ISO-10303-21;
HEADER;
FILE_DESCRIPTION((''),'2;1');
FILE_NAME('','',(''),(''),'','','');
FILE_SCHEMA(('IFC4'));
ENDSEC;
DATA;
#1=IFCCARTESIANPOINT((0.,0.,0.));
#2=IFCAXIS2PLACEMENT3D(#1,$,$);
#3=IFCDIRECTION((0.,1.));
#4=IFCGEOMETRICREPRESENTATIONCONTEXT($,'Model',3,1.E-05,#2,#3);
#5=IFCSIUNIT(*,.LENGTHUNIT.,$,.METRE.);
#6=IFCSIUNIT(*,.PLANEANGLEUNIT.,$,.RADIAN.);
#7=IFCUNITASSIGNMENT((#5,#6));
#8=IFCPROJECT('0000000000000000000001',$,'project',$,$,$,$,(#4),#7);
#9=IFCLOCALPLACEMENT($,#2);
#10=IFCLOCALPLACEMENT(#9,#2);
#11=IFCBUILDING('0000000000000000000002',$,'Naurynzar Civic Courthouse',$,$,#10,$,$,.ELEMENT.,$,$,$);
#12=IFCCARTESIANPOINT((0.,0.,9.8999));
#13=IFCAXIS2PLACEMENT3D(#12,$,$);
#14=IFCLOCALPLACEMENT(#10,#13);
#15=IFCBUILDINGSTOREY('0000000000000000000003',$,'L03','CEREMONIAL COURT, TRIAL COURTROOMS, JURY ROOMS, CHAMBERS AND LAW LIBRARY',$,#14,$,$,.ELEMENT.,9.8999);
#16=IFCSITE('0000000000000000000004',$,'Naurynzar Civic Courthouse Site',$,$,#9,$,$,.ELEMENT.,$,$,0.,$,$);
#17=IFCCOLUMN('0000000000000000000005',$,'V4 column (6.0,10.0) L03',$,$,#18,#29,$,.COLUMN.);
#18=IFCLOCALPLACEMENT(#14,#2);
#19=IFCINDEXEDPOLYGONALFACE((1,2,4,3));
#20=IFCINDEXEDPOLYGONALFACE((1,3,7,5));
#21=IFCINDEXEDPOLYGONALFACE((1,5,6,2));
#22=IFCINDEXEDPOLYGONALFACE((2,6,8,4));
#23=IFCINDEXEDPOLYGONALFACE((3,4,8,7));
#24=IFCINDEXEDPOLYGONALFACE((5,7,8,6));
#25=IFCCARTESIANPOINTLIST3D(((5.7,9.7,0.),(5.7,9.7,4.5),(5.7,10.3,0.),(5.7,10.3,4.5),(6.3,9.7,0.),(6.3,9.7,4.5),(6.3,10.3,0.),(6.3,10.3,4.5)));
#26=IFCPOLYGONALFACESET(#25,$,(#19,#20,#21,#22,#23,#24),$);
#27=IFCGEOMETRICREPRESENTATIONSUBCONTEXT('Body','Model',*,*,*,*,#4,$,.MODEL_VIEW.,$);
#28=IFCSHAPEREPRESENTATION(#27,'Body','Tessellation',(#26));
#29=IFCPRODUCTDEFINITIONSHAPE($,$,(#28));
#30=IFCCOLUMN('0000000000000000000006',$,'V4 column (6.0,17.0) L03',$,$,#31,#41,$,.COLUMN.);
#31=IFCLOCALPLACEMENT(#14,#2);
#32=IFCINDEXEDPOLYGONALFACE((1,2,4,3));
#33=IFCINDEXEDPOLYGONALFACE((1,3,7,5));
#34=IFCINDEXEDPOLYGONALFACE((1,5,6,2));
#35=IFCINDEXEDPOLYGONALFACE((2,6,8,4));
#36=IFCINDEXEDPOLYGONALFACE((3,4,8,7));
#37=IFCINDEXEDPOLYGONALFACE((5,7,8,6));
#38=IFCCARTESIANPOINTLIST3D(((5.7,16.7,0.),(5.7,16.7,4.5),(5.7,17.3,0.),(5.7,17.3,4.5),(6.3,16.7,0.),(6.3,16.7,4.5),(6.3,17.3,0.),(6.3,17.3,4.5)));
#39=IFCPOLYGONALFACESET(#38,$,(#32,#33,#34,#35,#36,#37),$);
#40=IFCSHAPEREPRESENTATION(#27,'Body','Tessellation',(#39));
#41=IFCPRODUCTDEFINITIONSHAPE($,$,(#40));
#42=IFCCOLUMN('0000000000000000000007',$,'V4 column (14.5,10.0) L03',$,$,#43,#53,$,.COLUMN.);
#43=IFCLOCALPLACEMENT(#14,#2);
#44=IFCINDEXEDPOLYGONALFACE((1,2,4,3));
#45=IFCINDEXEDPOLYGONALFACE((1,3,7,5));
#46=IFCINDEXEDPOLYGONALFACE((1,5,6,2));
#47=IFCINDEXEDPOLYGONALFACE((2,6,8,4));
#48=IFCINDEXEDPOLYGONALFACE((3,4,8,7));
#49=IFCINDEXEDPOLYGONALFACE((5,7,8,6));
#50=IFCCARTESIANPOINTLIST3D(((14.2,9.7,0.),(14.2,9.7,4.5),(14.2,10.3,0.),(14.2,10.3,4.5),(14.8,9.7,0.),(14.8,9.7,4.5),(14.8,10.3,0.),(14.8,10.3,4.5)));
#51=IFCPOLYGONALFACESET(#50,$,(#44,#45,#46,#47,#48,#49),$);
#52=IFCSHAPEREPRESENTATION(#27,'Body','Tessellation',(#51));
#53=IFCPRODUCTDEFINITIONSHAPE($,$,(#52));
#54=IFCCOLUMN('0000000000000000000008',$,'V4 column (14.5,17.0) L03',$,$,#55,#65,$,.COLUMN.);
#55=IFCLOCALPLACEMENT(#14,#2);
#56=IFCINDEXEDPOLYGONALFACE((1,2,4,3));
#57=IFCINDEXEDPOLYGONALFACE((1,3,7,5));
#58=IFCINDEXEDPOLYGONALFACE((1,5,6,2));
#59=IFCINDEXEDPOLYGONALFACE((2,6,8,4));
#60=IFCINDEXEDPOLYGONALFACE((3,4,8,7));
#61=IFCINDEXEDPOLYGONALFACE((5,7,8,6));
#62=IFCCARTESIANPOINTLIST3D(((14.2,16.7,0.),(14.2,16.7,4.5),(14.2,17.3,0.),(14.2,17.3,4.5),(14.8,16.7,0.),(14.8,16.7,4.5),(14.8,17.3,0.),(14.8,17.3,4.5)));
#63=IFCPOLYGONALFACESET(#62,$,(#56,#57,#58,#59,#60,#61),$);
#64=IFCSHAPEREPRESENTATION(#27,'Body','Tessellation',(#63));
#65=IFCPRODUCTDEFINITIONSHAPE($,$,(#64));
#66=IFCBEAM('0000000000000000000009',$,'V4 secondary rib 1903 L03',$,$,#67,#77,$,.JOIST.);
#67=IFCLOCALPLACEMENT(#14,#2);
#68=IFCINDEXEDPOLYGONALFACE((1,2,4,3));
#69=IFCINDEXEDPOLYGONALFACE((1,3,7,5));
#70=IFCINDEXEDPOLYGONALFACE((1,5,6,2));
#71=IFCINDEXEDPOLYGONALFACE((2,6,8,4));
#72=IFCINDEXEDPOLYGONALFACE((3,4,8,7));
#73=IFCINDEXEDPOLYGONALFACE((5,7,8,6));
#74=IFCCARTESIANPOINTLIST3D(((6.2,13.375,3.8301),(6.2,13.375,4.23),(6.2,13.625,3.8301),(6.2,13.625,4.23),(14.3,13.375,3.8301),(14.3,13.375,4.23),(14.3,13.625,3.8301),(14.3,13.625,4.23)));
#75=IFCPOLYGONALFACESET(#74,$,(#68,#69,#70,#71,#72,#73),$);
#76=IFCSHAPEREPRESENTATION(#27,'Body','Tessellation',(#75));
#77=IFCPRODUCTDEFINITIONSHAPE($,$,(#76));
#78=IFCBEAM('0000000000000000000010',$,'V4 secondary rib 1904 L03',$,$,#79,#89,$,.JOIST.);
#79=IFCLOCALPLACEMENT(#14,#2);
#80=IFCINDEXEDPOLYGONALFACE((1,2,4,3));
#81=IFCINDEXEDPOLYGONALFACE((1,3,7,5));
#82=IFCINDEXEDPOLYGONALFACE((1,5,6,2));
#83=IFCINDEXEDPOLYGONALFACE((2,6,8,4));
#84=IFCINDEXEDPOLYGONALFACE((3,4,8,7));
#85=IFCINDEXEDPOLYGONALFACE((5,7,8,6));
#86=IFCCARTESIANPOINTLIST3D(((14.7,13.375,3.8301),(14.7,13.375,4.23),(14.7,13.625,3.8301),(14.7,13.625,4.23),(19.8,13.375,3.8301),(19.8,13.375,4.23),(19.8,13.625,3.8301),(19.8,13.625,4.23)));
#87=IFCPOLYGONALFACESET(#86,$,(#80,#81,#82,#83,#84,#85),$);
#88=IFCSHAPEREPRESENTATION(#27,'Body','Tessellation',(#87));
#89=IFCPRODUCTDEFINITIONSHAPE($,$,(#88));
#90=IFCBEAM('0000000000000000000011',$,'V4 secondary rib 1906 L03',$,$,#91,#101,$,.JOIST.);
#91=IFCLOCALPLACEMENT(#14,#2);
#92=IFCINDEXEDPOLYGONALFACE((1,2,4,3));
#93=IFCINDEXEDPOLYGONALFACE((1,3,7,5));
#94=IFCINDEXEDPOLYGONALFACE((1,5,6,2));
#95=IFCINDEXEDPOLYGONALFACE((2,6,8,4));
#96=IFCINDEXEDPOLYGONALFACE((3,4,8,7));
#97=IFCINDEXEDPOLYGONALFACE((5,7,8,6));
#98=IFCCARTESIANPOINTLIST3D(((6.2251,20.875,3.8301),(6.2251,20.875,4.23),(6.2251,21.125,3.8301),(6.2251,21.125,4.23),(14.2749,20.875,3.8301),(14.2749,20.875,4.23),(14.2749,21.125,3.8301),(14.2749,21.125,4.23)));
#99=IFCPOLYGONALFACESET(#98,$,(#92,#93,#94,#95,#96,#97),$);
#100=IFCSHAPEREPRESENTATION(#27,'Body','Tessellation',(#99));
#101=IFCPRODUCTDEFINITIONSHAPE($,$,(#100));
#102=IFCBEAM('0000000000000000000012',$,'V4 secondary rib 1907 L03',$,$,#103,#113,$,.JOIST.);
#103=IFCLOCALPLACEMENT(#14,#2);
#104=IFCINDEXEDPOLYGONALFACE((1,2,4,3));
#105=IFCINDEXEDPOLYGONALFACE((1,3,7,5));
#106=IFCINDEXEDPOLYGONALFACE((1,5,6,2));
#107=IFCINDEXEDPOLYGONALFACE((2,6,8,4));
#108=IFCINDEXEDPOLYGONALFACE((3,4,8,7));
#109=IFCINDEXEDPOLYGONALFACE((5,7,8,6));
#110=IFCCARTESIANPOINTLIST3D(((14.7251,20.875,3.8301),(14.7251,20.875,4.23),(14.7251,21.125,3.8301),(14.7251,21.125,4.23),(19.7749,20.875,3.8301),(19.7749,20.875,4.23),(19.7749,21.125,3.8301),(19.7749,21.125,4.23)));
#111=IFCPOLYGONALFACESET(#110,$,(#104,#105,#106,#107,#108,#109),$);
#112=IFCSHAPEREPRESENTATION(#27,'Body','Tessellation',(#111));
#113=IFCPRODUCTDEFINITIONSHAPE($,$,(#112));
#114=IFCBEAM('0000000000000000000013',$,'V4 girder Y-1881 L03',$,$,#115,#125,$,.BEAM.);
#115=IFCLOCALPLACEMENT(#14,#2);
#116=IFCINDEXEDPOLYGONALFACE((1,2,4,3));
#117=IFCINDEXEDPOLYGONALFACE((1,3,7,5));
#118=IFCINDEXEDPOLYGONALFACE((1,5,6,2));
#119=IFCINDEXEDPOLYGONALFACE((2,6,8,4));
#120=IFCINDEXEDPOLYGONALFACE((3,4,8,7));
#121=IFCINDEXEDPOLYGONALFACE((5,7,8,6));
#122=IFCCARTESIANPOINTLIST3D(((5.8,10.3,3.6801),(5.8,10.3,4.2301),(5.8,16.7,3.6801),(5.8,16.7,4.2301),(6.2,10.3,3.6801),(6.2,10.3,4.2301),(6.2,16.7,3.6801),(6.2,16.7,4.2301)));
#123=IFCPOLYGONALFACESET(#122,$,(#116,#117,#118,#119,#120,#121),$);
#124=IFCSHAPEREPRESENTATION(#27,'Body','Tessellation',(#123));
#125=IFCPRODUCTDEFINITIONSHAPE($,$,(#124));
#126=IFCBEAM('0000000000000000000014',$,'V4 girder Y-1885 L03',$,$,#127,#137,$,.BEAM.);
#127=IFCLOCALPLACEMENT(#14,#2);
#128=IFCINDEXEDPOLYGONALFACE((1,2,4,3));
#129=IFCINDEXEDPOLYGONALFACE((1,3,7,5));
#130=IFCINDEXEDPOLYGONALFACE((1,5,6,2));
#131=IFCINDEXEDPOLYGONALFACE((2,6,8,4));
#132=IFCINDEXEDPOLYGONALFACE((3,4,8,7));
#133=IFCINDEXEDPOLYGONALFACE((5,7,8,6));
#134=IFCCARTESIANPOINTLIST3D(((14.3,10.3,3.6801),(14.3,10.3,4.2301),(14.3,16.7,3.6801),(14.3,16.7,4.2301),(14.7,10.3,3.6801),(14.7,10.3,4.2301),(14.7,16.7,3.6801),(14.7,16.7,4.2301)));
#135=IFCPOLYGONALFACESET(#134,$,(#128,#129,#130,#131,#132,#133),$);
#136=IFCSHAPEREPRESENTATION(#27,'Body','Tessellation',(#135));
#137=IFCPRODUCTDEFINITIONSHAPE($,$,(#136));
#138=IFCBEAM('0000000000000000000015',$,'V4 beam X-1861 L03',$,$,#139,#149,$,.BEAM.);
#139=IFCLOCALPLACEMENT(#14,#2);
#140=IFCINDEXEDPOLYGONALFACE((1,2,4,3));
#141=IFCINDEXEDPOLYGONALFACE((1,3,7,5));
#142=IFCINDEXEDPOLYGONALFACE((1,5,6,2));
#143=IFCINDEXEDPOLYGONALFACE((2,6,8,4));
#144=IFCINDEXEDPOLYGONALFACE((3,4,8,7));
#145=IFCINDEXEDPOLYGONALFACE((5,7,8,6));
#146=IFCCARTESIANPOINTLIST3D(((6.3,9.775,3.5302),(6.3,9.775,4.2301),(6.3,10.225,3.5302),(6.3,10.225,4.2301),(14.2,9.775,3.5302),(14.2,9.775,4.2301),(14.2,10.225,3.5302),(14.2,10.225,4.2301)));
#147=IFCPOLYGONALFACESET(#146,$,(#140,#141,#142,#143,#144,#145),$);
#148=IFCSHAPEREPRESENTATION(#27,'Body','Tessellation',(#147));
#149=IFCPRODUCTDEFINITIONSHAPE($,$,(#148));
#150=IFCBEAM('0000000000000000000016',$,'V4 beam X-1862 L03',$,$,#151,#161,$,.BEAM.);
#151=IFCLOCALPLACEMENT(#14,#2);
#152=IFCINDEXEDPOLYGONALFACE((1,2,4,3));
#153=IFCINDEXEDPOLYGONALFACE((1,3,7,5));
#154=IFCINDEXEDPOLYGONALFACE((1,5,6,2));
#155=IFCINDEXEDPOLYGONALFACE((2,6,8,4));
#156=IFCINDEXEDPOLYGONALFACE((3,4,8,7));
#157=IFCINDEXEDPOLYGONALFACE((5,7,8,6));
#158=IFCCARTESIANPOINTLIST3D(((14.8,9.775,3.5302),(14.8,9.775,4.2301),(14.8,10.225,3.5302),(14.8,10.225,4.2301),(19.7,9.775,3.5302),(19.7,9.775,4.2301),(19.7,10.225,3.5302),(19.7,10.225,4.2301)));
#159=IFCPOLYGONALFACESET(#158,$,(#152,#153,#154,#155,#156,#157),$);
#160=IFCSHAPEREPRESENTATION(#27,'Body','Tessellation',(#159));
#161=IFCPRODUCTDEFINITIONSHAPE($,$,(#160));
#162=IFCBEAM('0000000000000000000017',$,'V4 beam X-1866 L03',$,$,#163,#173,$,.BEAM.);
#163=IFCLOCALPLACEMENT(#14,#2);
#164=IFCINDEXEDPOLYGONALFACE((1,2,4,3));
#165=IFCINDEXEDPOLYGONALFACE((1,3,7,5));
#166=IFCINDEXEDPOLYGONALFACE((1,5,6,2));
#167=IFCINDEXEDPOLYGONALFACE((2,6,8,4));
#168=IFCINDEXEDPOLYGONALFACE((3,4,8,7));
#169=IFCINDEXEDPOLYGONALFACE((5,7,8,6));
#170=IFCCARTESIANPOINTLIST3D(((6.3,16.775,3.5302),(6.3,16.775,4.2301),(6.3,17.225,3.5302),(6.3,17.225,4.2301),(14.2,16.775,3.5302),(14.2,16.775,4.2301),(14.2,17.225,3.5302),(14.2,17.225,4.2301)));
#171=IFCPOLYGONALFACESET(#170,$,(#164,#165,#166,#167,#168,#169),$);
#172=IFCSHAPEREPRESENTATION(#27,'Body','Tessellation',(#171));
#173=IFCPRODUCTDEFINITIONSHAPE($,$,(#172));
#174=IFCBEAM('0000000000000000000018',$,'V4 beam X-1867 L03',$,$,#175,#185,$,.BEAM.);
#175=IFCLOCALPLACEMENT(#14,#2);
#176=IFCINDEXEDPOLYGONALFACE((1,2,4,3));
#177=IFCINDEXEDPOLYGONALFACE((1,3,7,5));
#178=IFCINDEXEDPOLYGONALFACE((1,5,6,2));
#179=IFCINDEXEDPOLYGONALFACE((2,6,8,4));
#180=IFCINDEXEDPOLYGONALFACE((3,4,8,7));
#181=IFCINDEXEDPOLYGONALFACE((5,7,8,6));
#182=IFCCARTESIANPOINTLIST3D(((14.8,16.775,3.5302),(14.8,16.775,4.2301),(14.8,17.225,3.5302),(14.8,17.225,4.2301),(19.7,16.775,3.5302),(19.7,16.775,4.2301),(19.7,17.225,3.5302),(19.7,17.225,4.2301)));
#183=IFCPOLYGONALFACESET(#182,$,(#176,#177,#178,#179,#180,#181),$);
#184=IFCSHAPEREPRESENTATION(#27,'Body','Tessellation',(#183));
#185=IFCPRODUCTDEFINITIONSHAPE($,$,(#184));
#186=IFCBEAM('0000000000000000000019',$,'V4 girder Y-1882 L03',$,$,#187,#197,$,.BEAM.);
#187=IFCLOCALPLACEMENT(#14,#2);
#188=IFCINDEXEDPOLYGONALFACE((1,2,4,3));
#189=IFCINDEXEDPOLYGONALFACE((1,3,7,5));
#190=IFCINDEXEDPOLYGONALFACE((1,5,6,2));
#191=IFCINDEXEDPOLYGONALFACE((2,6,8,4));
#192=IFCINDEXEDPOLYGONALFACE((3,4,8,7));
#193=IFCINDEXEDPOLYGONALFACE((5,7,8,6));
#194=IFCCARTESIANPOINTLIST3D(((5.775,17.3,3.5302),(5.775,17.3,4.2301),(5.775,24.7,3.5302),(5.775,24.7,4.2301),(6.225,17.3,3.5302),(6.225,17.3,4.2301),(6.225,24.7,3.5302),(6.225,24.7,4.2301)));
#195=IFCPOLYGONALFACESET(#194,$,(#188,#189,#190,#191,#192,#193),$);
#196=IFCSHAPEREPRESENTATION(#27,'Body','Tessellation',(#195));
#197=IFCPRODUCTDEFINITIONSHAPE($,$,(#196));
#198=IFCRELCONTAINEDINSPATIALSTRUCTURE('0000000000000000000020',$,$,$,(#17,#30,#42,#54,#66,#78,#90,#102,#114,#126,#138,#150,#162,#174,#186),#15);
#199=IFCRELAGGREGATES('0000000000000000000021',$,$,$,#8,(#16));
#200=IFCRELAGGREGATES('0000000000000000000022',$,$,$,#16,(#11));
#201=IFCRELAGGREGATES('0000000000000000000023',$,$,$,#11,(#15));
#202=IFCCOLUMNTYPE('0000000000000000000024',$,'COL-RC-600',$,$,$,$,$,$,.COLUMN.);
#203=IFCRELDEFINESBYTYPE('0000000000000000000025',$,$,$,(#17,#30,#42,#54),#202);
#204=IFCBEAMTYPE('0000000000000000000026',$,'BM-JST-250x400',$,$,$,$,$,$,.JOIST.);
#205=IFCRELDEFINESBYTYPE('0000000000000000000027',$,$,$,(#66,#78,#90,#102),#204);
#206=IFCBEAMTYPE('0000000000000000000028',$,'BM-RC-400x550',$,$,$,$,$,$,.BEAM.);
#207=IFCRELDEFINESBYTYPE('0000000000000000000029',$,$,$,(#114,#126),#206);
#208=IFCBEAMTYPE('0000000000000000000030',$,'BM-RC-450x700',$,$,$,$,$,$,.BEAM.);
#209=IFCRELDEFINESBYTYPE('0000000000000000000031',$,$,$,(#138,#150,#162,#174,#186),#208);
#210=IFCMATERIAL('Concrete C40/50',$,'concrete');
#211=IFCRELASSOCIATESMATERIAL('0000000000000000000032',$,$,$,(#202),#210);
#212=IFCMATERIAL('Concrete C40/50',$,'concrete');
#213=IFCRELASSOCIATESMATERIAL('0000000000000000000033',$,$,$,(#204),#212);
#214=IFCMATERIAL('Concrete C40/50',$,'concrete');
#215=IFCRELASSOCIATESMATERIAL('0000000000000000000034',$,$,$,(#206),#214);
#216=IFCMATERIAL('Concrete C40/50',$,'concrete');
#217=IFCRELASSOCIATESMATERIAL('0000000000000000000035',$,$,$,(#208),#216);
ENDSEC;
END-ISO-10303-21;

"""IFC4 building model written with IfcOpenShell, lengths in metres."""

from ifc_helpers import new_model, si_unit, direction, frame, origin, origin_2d, place, context, subcontext, project, spatial, rectangle, extrude, material, material_profile, profile_set, type_object, element, save


model = new_model("IFC4")

# Units and contexts
model_context = context("Model", 3, precision=1e-05, world=origin(), true_north=direction((0.0, 1.0)))
body_context = subcontext(model_context, "Body", "Model", "MODEL_VIEW")
ifc_project = project(units=[si_unit("LENGTHUNIT", "METRE"), si_unit("PLANEANGLEUNIT", "RADIAN")], contexts=[model_context])

# Site, building, storey
site_placement = place(None, origin())
site = spatial("IfcSite", under=ifc_project, at=site_placement, Name="Naurynzar Civic Courthouse Site", CompositionType="ELEMENT", RefElevation=0.0)
building_placement = place(site_placement, origin())
building = spatial("IfcBuilding", under=site, at=building_placement, Name="Naurynzar Civic Courthouse", CompositionType="ELEMENT")
storey_placement = place(building_placement, frame((0.0, 0.0, 9.8999)))
storey = spatial("IfcBuildingStorey", under=building, at=storey_placement, Name="L03", Description="CEREMONIAL COURT, TRIAL COURTROOMS, JURY ROOMS, CHAMBERS AND LAW LIBRARY", CompositionType="ELEMENT", Elevation=9.8999)

# Columns
ifc_material_1 = material(Name="Concrete C40/50", Category="concrete")
ifc_material_profile_1 = material_profile(ifc_material_1, rectangle(XDim=0.6001, YDim=0.6001, at=origin_2d()), Name="RC 600x600")
ifc_profile_set_1 = profile_set([ifc_material_profile_1], Name="Concrete C40/50")
column_type = type_object("IfcColumnType", Name="COL-RC-600", PredefinedType="COLUMN", material=ifc_profile_set_1)
for number, where, z_axis, x_axis, name in (
    (1, (6.0, 10.0, 0.0), (0.0, 0.0, 1.0), (1.0, 0.0, 0.0), "V4 column (6.0,10.0) L03"),
    (2, (6.0, 17.0, 0.0), (0.0, 0.0, 1.0), (1.0, 0.0, 0.0), "V4 column (6.0,17.0) L03"),
    (3, (14.5, 10.0, 0.0), (0.0, 0.0, 1.0), (1.0, 0.0, 0.0), "V4 column (14.5,10.0) L03"),
    (4, (14.5, 17.0, 0.0), (0.0, 0.0, 1.0), (1.0, 0.0, 0.0), "V4 column (14.5,17.0) L03"),
):
    element("IfcColumn", number, at=place(storey_placement, frame(where, z_axis=z_axis, x_axis=x_axis)), inside=storey, type_object=column_type, Name=name, PredefinedType="COLUMN", context=body_context, shape_type="SweptSolid", body=[
        extrude(rectangle(XDim=0.6001, YDim=0.6001, at=origin_2d()), origin(), (0.0, 0.0, 1.0), 4.5),
    ])

# Beams
ifc_material_2 = material(Name="Concrete C40/50", Category="concrete")
ifc_material_profile_2 = material_profile(ifc_material_2, rectangle(XDim=0.25, YDim=0.3999, at=origin_2d()), Name="RCB 250x400")
ifc_profile_set_2 = profile_set([ifc_material_profile_2], Name="Concrete C40/50")
beam_type_1 = type_object("IfcBeamType", Name="BM-JST-250x400", PredefinedType="JOIST", material=ifc_profile_set_2)
beam_1_placement = place(storey_placement, frame((6.2, 13.5, 4.03), z_axis=(1.0, 0.0, 0.0), x_axis=(0.0, 1.0, 0.0)))
element("IfcBeam", 5, at=beam_1_placement, inside=storey, type_object=beam_type_1, Name="V4 secondary rib 1903 L03", PredefinedType="JOIST", context=body_context, shape_type="SweptSolid", body=[
    extrude(rectangle(XDim=0.25, YDim=0.3999, at=origin_2d()), origin(), (0.0, 0.0, 1.0), 8.1001),
])
beam_2_placement = place(storey_placement, frame((14.7, 13.5, 4.03), z_axis=(1.0, 0.0, 0.0), x_axis=(0.0, 1.0, 0.0)))
element("IfcBeam", 6, at=beam_2_placement, inside=storey, type_object=beam_type_1, Name="V4 secondary rib 1904 L03", PredefinedType="JOIST", context=body_context, shape_type="SweptSolid", body=[
    extrude(rectangle(XDim=0.25, YDim=0.3999, at=origin_2d()), origin(), (0.0, 0.0, 1.0), 5.1001),
])
beam_3_placement = place(storey_placement, frame((6.2251, 21.0, 4.03), z_axis=(1.0, 0.0, 0.0), x_axis=(0.0, 1.0, 0.0)))
element("IfcBeam", 7, at=beam_3_placement, inside=storey, type_object=beam_type_1, Name="V4 secondary rib 1906 L03", PredefinedType="JOIST", context=body_context, shape_type="SweptSolid", body=[
    extrude(rectangle(XDim=0.25, YDim=0.3999, at=origin_2d()), origin(), (0.0, 0.0, 1.0), 8.0498),
])
beam_4_placement = place(storey_placement, frame((14.7251, 21.0, 4.03), z_axis=(1.0, 0.0, 0.0), x_axis=(0.0, 1.0, 0.0)))
element("IfcBeam", 8, at=beam_4_placement, inside=storey, type_object=beam_type_1, Name="V4 secondary rib 1907 L03", PredefinedType="JOIST", context=body_context, shape_type="SweptSolid", body=[
    extrude(rectangle(XDim=0.25, YDim=0.3999, at=origin_2d()), origin(), (0.0, 0.0, 1.0), 5.0498),
])
ifc_material_3 = material(Name="Concrete C40/50", Category="concrete")
ifc_material_profile_3 = material_profile(ifc_material_3, rectangle(XDim=0.3999, YDim=0.55, at=origin_2d()), Name="RCB 400x550")
ifc_profile_set_3 = profile_set([ifc_material_profile_3], Name="Concrete C40/50")
beam_type_2 = type_object("IfcBeamType", Name="BM-RC-400x550", PredefinedType="BEAM", material=ifc_profile_set_3)
for number, where, z_axis, x_axis, name in (
    (9, (6.0, 10.3, 3.9551), (0.0, 1.0, 0.0), (-1.0, 0.0, 0.0), "V4 girder Y-1881 L03"),
    (10, (14.5, 10.3, 3.9551), (0.0, 1.0, 0.0), (-1.0, 0.0, 0.0), "V4 girder Y-1885 L03"),
):
    element("IfcBeam", number, at=place(storey_placement, frame(where, z_axis=z_axis, x_axis=x_axis)), inside=storey, type_object=beam_type_2, Name=name, PredefinedType="BEAM", context=body_context, shape_type="SweptSolid", body=[
        extrude(rectangle(XDim=0.3999, YDim=0.55, at=origin_2d()), origin(), (0.0, 0.0, 1.0), 6.3999),
    ])
ifc_material_4 = material(Name="Concrete C40/50", Category="concrete")
ifc_material_profile_4 = material_profile(ifc_material_4, rectangle(XDim=0.45, YDim=0.7, at=origin_2d()), Name="RCB 450x700")
ifc_profile_set_4 = profile_set([ifc_material_profile_4], Name="Concrete C40/50")
beam_type_3 = type_object("IfcBeamType", Name="BM-RC-450x700", PredefinedType="BEAM", material=ifc_profile_set_4)
beam_5_placement = place(storey_placement, frame((6.3, 10.0, 3.8801), z_axis=(1.0, 0.0, 0.0), x_axis=(0.0, 1.0, 0.0)))
element("IfcBeam", 11, at=beam_5_placement, inside=storey, type_object=beam_type_3, Name="V4 beam X-1861 L03", PredefinedType="BEAM", context=body_context, shape_type="SweptSolid", body=[
    extrude(rectangle(XDim=0.45, YDim=0.7, at=origin_2d()), origin(), (0.0, 0.0, 1.0), 7.8999),
])
beam_6_placement = place(storey_placement, frame((14.8, 10.0, 3.8801), z_axis=(1.0, 0.0, 0.0), x_axis=(0.0, 1.0, 0.0)))
element("IfcBeam", 12, at=beam_6_placement, inside=storey, type_object=beam_type_3, Name="V4 beam X-1862 L03", PredefinedType="BEAM", context=body_context, shape_type="SweptSolid", body=[
    extrude(rectangle(XDim=0.45, YDim=0.7, at=origin_2d()), origin(), (0.0, 0.0, 1.0), 4.8999),
])
beam_7_placement = place(storey_placement, frame((6.3, 17.0, 3.8801), z_axis=(1.0, 0.0, 0.0), x_axis=(0.0, 1.0, 0.0)))
element("IfcBeam", 13, at=beam_7_placement, inside=storey, type_object=beam_type_3, Name="V4 beam X-1866 L03", PredefinedType="BEAM", context=body_context, shape_type="SweptSolid", body=[
    extrude(rectangle(XDim=0.45, YDim=0.7, at=origin_2d()), origin(), (0.0, 0.0, 1.0), 7.8999),
])
beam_8_placement = place(storey_placement, frame((14.8, 17.0, 3.8801), z_axis=(1.0, 0.0, 0.0), x_axis=(0.0, 1.0, 0.0)))
element("IfcBeam", 14, at=beam_8_placement, inside=storey, type_object=beam_type_3, Name="V4 beam X-1867 L03", PredefinedType="BEAM", context=body_context, shape_type="SweptSolid", body=[
    extrude(rectangle(XDim=0.45, YDim=0.7, at=origin_2d()), origin(), (0.0, 0.0, 1.0), 4.8999),
])
for number, where, z_axis, x_axis, name in (
    (15, (6.0, 17.3, 3.8801), (0.0, 1.0, 0.0), (-1.0, 0.0, 0.0), "V4 girder Y-1882 L03"),
):
    element("IfcBeam", number, at=place(storey_placement, frame(where, z_axis=z_axis, x_axis=x_axis)), inside=storey, type_object=beam_type_3, Name=name, PredefinedType="BEAM", context=body_context, shape_type="SweptSolid", body=[
        extrude(rectangle(XDim=0.45, YDim=0.7, at=origin_2d()), origin(), (0.0, 0.0, 1.0), 7.3999),
    ])

save(model, "model.ifc")
